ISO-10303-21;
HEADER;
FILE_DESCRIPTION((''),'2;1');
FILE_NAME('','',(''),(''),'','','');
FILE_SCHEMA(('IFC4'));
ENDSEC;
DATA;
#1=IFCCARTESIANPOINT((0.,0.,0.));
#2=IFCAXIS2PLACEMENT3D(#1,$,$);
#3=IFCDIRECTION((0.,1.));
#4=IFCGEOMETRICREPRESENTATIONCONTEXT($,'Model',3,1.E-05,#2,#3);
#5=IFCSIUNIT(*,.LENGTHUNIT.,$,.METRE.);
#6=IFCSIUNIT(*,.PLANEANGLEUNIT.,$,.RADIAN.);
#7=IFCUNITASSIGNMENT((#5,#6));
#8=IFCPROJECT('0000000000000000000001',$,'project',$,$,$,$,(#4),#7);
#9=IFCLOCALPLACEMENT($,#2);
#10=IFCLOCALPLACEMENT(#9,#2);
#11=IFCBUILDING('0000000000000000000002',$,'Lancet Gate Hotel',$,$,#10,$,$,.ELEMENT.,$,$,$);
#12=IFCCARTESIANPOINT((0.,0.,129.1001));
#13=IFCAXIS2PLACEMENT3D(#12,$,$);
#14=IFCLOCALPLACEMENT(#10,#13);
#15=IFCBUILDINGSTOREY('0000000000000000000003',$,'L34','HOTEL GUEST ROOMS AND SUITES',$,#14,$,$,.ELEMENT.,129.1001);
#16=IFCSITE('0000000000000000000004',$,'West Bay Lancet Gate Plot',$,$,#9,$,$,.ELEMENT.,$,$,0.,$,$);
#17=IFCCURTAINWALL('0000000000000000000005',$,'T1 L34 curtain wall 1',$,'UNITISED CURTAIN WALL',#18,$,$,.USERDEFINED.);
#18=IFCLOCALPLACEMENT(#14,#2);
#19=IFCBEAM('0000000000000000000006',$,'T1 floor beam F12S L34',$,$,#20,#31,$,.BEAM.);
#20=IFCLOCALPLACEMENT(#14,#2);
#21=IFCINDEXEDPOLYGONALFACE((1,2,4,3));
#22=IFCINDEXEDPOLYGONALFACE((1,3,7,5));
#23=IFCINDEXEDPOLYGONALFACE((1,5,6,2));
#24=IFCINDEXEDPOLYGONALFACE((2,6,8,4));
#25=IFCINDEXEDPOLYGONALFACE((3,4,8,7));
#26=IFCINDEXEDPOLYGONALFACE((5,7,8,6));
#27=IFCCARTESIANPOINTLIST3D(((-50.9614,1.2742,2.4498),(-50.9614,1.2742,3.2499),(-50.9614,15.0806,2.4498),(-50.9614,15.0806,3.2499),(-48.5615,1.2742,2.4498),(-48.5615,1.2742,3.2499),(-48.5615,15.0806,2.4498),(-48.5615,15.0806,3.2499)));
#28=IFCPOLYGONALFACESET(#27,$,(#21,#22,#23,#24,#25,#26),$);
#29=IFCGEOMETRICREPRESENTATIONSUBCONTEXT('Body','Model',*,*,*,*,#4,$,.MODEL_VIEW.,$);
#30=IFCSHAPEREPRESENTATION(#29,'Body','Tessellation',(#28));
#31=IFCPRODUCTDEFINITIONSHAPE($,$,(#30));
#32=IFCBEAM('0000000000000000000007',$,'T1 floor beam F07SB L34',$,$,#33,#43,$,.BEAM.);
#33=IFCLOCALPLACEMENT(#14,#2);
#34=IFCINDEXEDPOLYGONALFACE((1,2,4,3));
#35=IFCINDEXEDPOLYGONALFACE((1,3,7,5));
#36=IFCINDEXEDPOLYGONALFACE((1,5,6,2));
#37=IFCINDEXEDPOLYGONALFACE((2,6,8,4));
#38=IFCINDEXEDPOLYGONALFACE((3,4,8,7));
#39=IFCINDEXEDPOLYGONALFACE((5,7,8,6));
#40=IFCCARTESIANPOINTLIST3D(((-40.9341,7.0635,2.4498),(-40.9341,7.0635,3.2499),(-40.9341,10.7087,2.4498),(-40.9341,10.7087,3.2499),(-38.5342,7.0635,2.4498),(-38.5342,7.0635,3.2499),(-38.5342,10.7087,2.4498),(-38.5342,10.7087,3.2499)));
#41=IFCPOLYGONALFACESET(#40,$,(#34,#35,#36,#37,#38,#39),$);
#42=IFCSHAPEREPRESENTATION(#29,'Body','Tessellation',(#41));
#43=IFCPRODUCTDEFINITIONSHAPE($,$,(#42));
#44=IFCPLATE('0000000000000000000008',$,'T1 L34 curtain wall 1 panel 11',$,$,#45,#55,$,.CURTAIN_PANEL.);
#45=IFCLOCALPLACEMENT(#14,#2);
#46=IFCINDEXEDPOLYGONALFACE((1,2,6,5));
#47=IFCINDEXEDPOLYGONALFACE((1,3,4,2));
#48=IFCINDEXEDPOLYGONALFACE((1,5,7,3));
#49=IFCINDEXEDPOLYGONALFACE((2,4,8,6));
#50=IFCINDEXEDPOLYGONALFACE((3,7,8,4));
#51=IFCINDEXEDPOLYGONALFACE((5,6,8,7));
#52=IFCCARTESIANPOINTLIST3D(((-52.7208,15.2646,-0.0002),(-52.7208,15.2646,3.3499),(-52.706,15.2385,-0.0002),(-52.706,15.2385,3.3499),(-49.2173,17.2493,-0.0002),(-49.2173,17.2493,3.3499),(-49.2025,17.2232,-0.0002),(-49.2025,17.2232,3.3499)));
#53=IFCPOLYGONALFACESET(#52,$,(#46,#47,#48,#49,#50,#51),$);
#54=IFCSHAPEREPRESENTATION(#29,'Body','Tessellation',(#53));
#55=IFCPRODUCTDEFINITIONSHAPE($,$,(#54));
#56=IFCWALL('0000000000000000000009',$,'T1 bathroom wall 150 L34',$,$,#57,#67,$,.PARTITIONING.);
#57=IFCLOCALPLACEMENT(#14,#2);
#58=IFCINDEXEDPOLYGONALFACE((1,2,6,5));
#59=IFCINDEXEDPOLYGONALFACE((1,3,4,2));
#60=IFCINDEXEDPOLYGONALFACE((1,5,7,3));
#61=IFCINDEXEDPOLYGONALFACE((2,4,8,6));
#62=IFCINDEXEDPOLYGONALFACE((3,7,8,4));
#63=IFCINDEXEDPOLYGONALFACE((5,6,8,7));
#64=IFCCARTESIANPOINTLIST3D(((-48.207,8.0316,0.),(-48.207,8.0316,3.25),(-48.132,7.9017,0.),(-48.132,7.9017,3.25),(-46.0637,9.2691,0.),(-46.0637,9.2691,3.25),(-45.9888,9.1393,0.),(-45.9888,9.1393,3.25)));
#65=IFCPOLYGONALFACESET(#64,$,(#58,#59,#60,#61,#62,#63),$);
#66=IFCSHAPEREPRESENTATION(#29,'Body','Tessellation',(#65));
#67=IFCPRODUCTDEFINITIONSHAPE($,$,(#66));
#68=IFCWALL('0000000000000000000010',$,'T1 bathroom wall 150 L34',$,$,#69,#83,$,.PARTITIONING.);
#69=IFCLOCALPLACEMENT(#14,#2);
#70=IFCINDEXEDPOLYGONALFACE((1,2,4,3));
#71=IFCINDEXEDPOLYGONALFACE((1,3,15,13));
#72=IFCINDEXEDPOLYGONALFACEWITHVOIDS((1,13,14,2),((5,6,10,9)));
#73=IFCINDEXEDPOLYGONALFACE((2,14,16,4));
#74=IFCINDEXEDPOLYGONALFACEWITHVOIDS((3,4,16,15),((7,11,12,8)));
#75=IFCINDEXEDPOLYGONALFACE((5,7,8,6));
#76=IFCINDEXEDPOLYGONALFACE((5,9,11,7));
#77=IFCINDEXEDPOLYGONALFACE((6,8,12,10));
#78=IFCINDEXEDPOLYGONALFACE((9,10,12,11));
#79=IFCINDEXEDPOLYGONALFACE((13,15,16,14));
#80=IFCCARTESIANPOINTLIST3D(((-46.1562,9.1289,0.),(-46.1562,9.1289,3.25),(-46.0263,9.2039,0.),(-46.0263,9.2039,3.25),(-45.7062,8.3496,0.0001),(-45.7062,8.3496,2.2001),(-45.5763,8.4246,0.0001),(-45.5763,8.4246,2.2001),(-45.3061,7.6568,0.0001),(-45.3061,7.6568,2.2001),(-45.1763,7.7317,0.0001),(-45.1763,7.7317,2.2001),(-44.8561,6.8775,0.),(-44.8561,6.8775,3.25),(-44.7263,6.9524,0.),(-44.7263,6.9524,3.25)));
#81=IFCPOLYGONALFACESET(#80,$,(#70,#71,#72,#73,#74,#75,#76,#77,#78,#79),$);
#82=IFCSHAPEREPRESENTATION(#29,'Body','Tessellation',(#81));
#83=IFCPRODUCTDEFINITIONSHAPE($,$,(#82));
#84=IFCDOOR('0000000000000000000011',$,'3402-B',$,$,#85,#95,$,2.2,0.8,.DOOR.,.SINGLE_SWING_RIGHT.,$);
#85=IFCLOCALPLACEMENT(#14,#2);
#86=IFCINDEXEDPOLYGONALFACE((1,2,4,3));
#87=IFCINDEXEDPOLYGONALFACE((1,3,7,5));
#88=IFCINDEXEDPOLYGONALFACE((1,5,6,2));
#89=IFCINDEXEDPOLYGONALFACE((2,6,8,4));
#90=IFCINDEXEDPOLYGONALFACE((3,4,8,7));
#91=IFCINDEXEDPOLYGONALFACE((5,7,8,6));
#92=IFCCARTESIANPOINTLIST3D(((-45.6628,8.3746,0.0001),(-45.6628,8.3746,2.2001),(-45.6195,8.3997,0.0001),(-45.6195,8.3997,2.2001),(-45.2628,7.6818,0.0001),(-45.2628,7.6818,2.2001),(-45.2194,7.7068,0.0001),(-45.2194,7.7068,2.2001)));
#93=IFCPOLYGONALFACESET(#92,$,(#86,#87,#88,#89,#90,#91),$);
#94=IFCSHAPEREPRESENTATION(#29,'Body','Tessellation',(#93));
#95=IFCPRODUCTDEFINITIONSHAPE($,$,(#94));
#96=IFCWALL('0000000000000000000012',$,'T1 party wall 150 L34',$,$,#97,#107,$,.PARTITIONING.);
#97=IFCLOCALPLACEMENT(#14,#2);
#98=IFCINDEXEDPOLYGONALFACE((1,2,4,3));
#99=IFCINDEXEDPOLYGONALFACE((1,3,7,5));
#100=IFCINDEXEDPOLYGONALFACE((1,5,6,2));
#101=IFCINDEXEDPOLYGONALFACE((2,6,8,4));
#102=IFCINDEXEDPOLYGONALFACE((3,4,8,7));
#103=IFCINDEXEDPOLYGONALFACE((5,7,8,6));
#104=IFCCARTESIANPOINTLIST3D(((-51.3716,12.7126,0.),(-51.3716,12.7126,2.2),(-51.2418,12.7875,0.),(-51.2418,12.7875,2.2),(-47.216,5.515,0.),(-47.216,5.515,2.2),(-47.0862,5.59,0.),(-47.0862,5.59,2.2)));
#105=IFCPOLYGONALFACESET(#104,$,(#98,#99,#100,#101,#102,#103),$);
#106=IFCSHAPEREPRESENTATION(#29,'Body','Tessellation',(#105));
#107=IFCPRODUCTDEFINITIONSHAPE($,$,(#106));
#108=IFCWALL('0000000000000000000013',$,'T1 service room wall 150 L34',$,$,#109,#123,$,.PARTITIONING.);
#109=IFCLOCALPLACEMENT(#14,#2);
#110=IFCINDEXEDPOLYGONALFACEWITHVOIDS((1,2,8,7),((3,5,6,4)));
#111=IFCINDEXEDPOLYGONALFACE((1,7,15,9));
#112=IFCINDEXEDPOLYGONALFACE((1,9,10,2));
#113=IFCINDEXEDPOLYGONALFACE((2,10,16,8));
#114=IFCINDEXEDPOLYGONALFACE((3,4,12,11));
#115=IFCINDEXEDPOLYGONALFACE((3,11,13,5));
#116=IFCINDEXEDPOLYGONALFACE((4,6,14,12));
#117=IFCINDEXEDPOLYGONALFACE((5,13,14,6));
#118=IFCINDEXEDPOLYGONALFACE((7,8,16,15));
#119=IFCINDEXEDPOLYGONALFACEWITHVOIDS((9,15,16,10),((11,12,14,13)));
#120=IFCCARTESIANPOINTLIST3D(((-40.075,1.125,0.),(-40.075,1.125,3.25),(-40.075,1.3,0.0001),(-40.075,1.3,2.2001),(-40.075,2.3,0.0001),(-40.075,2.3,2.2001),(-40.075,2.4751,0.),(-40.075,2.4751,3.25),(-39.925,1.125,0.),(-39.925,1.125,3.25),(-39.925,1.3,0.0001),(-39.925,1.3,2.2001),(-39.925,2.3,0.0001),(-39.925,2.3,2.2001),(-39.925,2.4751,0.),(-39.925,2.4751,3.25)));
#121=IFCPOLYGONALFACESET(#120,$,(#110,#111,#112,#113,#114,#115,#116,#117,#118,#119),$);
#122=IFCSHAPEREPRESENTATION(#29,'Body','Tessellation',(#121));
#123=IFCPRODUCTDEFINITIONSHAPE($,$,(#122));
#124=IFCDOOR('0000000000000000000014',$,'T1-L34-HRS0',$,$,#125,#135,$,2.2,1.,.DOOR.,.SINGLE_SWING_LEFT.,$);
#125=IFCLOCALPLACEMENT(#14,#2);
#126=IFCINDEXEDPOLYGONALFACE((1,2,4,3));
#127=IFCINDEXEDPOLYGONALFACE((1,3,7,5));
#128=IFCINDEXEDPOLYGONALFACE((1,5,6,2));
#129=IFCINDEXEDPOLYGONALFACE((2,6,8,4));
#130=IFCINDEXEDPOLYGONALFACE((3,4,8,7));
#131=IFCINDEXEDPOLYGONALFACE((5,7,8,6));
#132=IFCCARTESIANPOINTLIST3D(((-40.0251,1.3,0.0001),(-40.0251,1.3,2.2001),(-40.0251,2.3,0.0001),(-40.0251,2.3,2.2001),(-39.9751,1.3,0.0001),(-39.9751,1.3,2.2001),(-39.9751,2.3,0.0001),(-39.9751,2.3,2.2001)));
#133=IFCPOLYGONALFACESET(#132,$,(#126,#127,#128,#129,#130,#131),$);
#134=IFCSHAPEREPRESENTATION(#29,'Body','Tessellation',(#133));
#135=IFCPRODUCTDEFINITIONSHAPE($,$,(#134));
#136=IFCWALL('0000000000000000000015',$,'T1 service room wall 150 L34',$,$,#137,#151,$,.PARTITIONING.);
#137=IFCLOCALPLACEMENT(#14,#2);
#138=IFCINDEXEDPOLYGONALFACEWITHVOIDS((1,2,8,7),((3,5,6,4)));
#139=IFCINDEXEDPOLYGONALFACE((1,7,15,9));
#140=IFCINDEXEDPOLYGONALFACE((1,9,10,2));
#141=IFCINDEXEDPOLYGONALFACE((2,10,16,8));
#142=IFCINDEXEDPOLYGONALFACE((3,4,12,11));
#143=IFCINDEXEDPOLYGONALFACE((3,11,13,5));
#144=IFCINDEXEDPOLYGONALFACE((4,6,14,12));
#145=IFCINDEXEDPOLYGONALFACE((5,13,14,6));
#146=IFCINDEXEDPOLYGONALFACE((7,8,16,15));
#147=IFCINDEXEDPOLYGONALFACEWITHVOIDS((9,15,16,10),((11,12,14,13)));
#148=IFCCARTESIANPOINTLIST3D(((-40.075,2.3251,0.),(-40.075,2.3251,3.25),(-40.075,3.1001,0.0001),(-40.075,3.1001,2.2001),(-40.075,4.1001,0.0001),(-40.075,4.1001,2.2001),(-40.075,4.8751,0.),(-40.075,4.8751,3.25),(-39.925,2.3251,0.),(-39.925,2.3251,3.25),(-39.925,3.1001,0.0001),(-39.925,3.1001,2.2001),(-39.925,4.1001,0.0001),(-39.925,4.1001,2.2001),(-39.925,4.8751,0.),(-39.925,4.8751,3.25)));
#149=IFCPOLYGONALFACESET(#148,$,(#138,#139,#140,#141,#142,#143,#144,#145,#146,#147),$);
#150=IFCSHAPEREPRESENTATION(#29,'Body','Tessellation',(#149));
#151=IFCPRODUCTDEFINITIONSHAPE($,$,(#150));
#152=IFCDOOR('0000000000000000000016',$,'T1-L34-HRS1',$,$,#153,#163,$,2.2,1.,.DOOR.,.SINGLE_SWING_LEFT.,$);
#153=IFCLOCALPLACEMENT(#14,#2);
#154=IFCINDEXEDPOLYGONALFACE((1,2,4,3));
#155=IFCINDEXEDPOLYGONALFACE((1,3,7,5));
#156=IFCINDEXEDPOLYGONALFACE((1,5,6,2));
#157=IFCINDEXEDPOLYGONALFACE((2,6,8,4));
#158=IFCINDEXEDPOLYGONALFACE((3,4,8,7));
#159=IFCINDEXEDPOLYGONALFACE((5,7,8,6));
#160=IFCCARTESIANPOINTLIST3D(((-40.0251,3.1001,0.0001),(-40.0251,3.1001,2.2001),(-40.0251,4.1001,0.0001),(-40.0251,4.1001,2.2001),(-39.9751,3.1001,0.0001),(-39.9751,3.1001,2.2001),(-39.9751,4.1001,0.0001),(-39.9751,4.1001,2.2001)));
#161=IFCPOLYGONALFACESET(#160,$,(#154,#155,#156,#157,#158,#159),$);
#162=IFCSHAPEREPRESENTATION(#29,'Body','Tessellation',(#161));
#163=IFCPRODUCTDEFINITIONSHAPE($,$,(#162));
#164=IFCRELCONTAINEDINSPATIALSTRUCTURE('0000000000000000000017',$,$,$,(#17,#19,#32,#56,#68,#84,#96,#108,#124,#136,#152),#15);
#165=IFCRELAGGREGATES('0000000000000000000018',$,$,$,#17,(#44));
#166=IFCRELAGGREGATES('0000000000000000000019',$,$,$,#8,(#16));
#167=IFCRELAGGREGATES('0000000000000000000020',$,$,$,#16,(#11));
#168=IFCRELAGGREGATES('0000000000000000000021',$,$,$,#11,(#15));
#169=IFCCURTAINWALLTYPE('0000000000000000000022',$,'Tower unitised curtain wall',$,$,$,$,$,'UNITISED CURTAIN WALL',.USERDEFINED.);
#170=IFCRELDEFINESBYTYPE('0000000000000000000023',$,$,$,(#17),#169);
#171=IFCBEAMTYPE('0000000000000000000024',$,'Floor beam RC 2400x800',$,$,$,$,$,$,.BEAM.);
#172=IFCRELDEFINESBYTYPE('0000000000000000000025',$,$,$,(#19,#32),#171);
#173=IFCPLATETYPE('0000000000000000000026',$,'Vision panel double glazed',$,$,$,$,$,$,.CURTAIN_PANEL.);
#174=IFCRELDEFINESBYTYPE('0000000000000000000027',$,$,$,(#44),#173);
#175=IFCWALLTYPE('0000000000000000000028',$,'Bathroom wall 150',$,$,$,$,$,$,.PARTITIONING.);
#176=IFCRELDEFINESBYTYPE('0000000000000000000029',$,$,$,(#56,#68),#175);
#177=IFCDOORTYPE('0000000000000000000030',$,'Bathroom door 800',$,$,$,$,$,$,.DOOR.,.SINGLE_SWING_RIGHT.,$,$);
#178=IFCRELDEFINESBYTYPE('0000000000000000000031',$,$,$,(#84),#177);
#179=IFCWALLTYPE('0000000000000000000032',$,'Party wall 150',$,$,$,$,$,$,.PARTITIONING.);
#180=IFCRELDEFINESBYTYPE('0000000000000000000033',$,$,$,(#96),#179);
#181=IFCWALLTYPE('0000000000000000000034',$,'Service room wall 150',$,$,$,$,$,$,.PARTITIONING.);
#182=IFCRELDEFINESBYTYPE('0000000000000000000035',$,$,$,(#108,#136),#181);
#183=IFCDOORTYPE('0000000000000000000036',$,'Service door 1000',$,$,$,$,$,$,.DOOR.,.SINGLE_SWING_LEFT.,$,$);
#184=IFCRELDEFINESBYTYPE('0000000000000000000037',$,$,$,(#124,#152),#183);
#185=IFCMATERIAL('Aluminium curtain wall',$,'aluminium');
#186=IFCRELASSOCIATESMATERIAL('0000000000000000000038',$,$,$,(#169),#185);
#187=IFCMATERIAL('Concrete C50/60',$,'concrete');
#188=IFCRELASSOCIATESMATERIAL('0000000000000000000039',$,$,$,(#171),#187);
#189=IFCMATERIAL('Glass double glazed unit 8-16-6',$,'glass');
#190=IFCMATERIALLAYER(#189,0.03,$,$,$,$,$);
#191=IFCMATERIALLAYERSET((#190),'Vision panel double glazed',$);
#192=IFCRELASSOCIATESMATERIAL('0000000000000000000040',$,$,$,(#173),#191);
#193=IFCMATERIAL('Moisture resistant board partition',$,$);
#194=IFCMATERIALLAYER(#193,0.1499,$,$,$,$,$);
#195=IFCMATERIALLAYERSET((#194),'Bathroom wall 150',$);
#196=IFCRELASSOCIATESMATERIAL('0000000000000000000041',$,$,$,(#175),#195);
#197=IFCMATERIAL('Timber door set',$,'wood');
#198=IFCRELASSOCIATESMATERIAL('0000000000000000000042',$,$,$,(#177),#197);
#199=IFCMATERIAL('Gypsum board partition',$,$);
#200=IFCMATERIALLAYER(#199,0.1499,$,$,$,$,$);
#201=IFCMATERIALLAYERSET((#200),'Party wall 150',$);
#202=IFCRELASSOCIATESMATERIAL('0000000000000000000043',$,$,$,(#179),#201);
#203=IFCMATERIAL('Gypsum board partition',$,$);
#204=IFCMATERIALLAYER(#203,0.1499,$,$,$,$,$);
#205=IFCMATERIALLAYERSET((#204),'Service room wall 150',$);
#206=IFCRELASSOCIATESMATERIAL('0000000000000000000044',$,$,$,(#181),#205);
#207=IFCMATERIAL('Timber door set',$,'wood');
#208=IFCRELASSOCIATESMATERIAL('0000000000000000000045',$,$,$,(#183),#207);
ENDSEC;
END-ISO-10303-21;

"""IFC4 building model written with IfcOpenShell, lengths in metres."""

from ifc_helpers import new_model, si_unit, direction, frame, frame_2d, origin, origin_2d, place, context, subcontext, project, spatial, rectangle, extrude, material, layer, layer_set, material_profile, profile_set, type_object, element, fill, aggregate, save


model = new_model("IFC4")

# Units and contexts
model_context = context("Model", 3, precision=1e-05, world=origin(), true_north=direction((0.0, 1.0)))
body_context = subcontext(model_context, "Body", "Model", "MODEL_VIEW")
ifc_project = project(units=[si_unit("LENGTHUNIT", "METRE"), si_unit("PLANEANGLEUNIT", "RADIAN")], contexts=[model_context])

# Site, building, storey
site_placement = place(None, origin())
site = spatial("IfcSite", under=ifc_project, at=site_placement, Name="West Bay Lancet Gate Plot", CompositionType="ELEMENT", RefElevation=0.0)
building_placement = place(site_placement, origin())
building = spatial("IfcBuilding", under=site, at=building_placement, Name="Lancet Gate Hotel", CompositionType="ELEMENT")
storey_placement = place(building_placement, frame((0.0, 0.0, 129.1001)))
storey = spatial("IfcBuildingStorey", under=building, at=storey_placement, Name="L34", Description="HOTEL GUEST ROOMS AND SUITES", CompositionType="ELEMENT", Elevation=129.1001)

# Curtain wall
ifc_material_1 = material(Name="Aluminium curtain wall", Category="aluminium")
curtain_wall_type = type_object("IfcCurtainWallType", Name="Tower unitised curtain wall", ElementType="UNITISED CURTAIN WALL", PredefinedType="USERDEFINED", material=ifc_material_1)
curtain_wall_placement = place(storey_placement, origin())
curtain_wall = element("IfcCurtainWall", 1, at=curtain_wall_placement, inside=storey, type_object=curtain_wall_type, Name="T1 L34 curtain wall 1", ObjectType="UNITISED CURTAIN WALL", PredefinedType="USERDEFINED")

# Beams
ifc_material_2 = material(Name="Concrete C50/60", Category="concrete")
ifc_material_profile_1 = material_profile(ifc_material_2, rectangle(XDim=2.3999, YDim=0.8, at=origin_2d()), Name="RC 2400x800")
ifc_profile_set_1 = profile_set([ifc_material_profile_1], Name="Concrete C50/60")
beam_type_1 = type_object("IfcBeamType", Name="Floor beam RC 2400x800", PredefinedType="BEAM", material=ifc_profile_set_1)
beam_1_placement = place(storey_placement, frame((-49.7615, 15.0806, 2.8499), z_axis=(0.0, -1.0, 0.0), x_axis=(1.0, 0.0, 0.0)))
element("IfcBeam", 2, at=beam_1_placement, inside=storey, type_object=beam_type_1, Name="T1 floor beam F12S L34", PredefinedType="BEAM", context=body_context, shape_type="SweptSolid", body=[
    extrude(rectangle(XDim=2.3999, YDim=0.8, at=origin_2d()), origin(), (0.0, 0.0, 1.0), 13.8064),
])
beam_2_placement = place(storey_placement, frame((-39.7341, 10.7087, 2.8499), z_axis=(0.0, -1.0, 0.0), x_axis=(1.0, 0.0, 0.0)))
element("IfcBeam", 3, at=beam_2_placement, inside=storey, type_object=beam_type_1, Name="T1 floor beam F07SB L34", PredefinedType="BEAM", context=body_context, shape_type="SweptSolid", body=[
    extrude(rectangle(XDim=2.3999, YDim=0.8, at=origin_2d()), origin(), (0.0, 0.0, 1.0), 3.6453),
])

# Plate
ifc_material_3 = material(Name="Glass double glazed unit 8-16-6", Category="glass")
ifc_layer_1 = layer(ifc_material_3, 0.03)
ifc_layer_set_1 = layer_set([ifc_layer_1], Name="Vision panel double glazed")
plate_type = type_object("IfcPlateType", Name="Vision panel double glazed", PredefinedType="CURTAIN_PANEL", material=ifc_layer_set_1)
plate_placement = place(storey_placement, frame((-50.9617, 16.2439, -0.0002), z_axis=(0.0, 0.0, 1.0), x_axis=(-0.870084, -0.492904, 0.0)))
plate = element("IfcPlate", 4, at=plate_placement, type_object=plate_type, Name="T1 L34 curtain wall 1 panel 11", PredefinedType="CURTAIN_PANEL", context=body_context, shape_type="SweptSolid", body=[
    extrude(rectangle(XDim=4.0266, YDim=0.03, at=origin_2d()), origin(), (0.0, 0.0, 1.0), 3.3501),
])
aggregate(curtain_wall, [plate])

# Wall
ifc_material_4 = material(Name="Moisture resistant board partition")
ifc_layer_2 = layer(ifc_material_4, 0.1499)
ifc_layer_set_2 = layer_set([ifc_layer_2], Name="Bathroom wall 150")
wall_type_1 = type_object("IfcWallType", Name="Bathroom wall 150", PredefinedType="PARTITIONING", material=ifc_layer_set_2)
wall_1_placement = place(storey_placement, frame((-46.0264, 9.2041, 0.0), z_axis=(0.0, 0.0, 1.0), x_axis=(-0.866007, -0.500033, 0.0)))
element("IfcWall", 5, at=wall_1_placement, inside=storey, type_object=wall_type_1, Name="T1 bathroom wall 150 L34", PredefinedType="PARTITIONING", context=body_context, shape_type="SweptSolid", body=[
    extrude(rectangle(XDim=2.4749, YDim=0.1499, at=frame_2d((1.2373, 0.0))), origin(), (0.0, 0.0, 1.0), 3.25),
])

# Wall, opening, door
wall_2_placement = place(storey_placement, frame((-44.7913, 6.915, 0.0), z_axis=(0.0, 0.0, 1.0), x_axis=(-0.500048, 0.865998, 0.0)))
wall_2 = element("IfcWall", 6, at=wall_2_placement, inside=storey, type_object=wall_type_1, Name="T1 bathroom wall 150 L34", PredefinedType="PARTITIONING", context=body_context, shape_type="SweptSolid", body=[
    extrude(rectangle(XDim=2.5999, YDim=0.1499, at=frame_2d((1.2998, 0.0))), origin(), (0.0, 0.0, 1.0), 3.25),
])
opening_1_placement = place(wall_2_placement, frame((0.8999, 0.0, 0.0)))
opening_1 = element("IfcOpeningElement", 7, at=opening_1_placement, cuts=wall_2, PredefinedType="OPENING", context=body_context, shape_type="SweptSolid", body=[
    extrude(rectangle(XDim=0.8, YDim=2.2, at=frame_2d((0.3999, 1.1001))), frame((0.0, 0.085, 0.0), z_axis=(0.0, -1.0, 0.0), x_axis=(1.0, 0.0, 0.0)), (0.0, 0.0, 1.0), 0.1699),
])
ifc_material_5 = material(Name="Timber door set", Category="wood")
door_type_1 = type_object("IfcDoorType", Name="Bathroom door 800", OperationType="SINGLE_SWING_RIGHT", PredefinedType="DOOR", material=ifc_material_5)
door_1_placement = place(opening_1_placement, origin())
door_1 = element("IfcDoor", 8, at=door_1_placement, inside=storey, type_object=door_type_1, Name="3402-B", OperationType="SINGLE_SWING_RIGHT", OverallHeight=2.2, OverallWidth=0.8, PredefinedType="DOOR", context=body_context, shape_type="SweptSolid", body=[
    extrude(rectangle(XDim=0.8, YDim=2.2, at=frame_2d((0.3999, 1.1001))), frame((0.0, 0.0249, 0.0), z_axis=(0.0, -1.0, 0.0), x_axis=(1.0, 0.0, 0.0)), (0.0, 0.0, 1.0), 0.05),
])
fill(opening_1, door_1)

# Wall
ifc_material_6 = material(Name="Gypsum board partition")
ifc_layer_3 = layer(ifc_material_6, 0.1499)
ifc_layer_set_3 = layer_set([ifc_layer_3], Name="Party wall 150")
wall_type_2 = type_object("IfcWallType", Name="Party wall 150", PredefinedType="PARTITIONING", material=ifc_layer_set_3)
wall_3_placement = place(storey_placement, frame((-47.1511, 5.5525, 0.0), z_axis=(0.0, 0.0, 1.0), x_axis=(-0.500003, 0.866024, 0.0)))
element("IfcWall", 9, at=wall_3_placement, inside=storey, type_object=wall_type_2, Name="T1 party wall 150 L34", PredefinedType="PARTITIONING", context=body_context, shape_type="SweptSolid", body=[
    extrude(rectangle(XDim=8.311, YDim=0.1499, at=frame_2d((4.1555, 0.0))), origin(), (0.0, 0.0, 1.0), 2.2),
])

# Walls, openings, doors
ifc_material_7 = material(Name="Gypsum board partition")
ifc_layer_4 = layer(ifc_material_7, 0.1499)
ifc_layer_set_4 = layer_set([ifc_layer_4], Name="Service room wall 150")
wall_type_3 = type_object("IfcWallType", Name="Service room wall 150", PredefinedType="PARTITIONING", material=ifc_layer_set_4)
wall_4_placement = place(storey_placement, frame((-40.0, 2.4751, 0.0), z_axis=(0.0, 0.0, 1.0), x_axis=(0.0, -1.0, 0.0)))
wall_4 = element("IfcWall", 10, at=wall_4_placement, inside=storey, type_object=wall_type_3, Name="T1 service room wall 150 L34", PredefinedType="PARTITIONING", context=body_context, shape_type="SweptSolid", body=[
    extrude(rectangle(XDim=1.3501, YDim=0.1499, at=frame_2d((0.675, 0.0))), origin(), (0.0, 0.0, 1.0), 3.25),
])
opening_2_placement = place(wall_4_placement, frame((0.175, 0.0, 0.0)))
opening_2 = element("IfcOpeningElement", 11, at=opening_2_placement, cuts=wall_4, PredefinedType="OPENING", context=body_context, shape_type="SweptSolid", body=[
    extrude(rectangle(XDim=1.0, YDim=2.2, at=frame_2d((0.5, 1.1001))), frame((0.0, 0.085, 0.0), z_axis=(0.0, -1.0, 0.0), x_axis=(1.0, 0.0, 0.0)), (0.0, 0.0, 1.0), 0.1699),
])
ifc_material_8 = material(Name="Timber door set", Category="wood")
door_type_2 = type_object("IfcDoorType", Name="Service door 1000", OperationType="SINGLE_SWING_LEFT", PredefinedType="DOOR", material=ifc_material_8)
door_2_placement = place(opening_2_placement, origin())
door_2 = element("IfcDoor", 12, at=door_2_placement, inside=storey, type_object=door_type_2, Name="T1-L34-HRS0", OperationType="SINGLE_SWING_LEFT", OverallHeight=2.2, OverallWidth=1.0, PredefinedType="DOOR", context=body_context, shape_type="SweptSolid", body=[
    extrude(rectangle(XDim=1.0, YDim=2.2, at=frame_2d((0.5, 1.1001))), frame((0.0, 0.0249, 0.0), z_axis=(0.0, -1.0, 0.0), x_axis=(1.0, 0.0, 0.0)), (0.0, 0.0, 1.0), 0.05),
])
fill(opening_2, door_2)
wall_5_placement = place(storey_placement, frame((-40.0, 4.875, 0.0), z_axis=(0.0, 0.0, 1.0), x_axis=(0.0, -1.0, 0.0)))
wall_5 = element("IfcWall", 13, at=wall_5_placement, inside=storey, type_object=wall_type_3, Name="T1 service room wall 150 L34", PredefinedType="PARTITIONING", context=body_context, shape_type="SweptSolid", body=[
    extrude(rectangle(XDim=2.55, YDim=0.1499, at=frame_2d((1.2749, 0.0))), origin(), (0.0, 0.0, 1.0), 3.25),
])
opening_3_placement = place(wall_5_placement, frame((0.7749, 0.0, 0.0)))
opening_3 = element("IfcOpeningElement", 14, at=opening_3_placement, cuts=wall_5, PredefinedType="OPENING", context=body_context, shape_type="SweptSolid", body=[
    extrude(rectangle(XDim=1.0, YDim=2.2, at=frame_2d((0.5, 1.1001))), frame((0.0, 0.085, 0.0), z_axis=(0.0, -1.0, 0.0), x_axis=(1.0, 0.0, 0.0)), (0.0, 0.0, 1.0), 0.1699),
])
door_3_placement = place(opening_3_placement, origin())
door_3 = element("IfcDoor", 15, at=door_3_placement, inside=storey, type_object=door_type_2, Name="T1-L34-HRS1", OperationType="SINGLE_SWING_LEFT", OverallHeight=2.2, OverallWidth=1.0, PredefinedType="DOOR", context=body_context, shape_type="SweptSolid", body=[
    extrude(rectangle(XDim=1.0, YDim=2.2, at=frame_2d((0.5, 1.1001))), frame((0.0, 0.0249, 0.0), z_axis=(0.0, -1.0, 0.0), x_axis=(1.0, 0.0, 0.0)), (0.0, 0.0, 1.0), 0.05),
])
fill(opening_3, door_3)

save(model, "model.ifc")
